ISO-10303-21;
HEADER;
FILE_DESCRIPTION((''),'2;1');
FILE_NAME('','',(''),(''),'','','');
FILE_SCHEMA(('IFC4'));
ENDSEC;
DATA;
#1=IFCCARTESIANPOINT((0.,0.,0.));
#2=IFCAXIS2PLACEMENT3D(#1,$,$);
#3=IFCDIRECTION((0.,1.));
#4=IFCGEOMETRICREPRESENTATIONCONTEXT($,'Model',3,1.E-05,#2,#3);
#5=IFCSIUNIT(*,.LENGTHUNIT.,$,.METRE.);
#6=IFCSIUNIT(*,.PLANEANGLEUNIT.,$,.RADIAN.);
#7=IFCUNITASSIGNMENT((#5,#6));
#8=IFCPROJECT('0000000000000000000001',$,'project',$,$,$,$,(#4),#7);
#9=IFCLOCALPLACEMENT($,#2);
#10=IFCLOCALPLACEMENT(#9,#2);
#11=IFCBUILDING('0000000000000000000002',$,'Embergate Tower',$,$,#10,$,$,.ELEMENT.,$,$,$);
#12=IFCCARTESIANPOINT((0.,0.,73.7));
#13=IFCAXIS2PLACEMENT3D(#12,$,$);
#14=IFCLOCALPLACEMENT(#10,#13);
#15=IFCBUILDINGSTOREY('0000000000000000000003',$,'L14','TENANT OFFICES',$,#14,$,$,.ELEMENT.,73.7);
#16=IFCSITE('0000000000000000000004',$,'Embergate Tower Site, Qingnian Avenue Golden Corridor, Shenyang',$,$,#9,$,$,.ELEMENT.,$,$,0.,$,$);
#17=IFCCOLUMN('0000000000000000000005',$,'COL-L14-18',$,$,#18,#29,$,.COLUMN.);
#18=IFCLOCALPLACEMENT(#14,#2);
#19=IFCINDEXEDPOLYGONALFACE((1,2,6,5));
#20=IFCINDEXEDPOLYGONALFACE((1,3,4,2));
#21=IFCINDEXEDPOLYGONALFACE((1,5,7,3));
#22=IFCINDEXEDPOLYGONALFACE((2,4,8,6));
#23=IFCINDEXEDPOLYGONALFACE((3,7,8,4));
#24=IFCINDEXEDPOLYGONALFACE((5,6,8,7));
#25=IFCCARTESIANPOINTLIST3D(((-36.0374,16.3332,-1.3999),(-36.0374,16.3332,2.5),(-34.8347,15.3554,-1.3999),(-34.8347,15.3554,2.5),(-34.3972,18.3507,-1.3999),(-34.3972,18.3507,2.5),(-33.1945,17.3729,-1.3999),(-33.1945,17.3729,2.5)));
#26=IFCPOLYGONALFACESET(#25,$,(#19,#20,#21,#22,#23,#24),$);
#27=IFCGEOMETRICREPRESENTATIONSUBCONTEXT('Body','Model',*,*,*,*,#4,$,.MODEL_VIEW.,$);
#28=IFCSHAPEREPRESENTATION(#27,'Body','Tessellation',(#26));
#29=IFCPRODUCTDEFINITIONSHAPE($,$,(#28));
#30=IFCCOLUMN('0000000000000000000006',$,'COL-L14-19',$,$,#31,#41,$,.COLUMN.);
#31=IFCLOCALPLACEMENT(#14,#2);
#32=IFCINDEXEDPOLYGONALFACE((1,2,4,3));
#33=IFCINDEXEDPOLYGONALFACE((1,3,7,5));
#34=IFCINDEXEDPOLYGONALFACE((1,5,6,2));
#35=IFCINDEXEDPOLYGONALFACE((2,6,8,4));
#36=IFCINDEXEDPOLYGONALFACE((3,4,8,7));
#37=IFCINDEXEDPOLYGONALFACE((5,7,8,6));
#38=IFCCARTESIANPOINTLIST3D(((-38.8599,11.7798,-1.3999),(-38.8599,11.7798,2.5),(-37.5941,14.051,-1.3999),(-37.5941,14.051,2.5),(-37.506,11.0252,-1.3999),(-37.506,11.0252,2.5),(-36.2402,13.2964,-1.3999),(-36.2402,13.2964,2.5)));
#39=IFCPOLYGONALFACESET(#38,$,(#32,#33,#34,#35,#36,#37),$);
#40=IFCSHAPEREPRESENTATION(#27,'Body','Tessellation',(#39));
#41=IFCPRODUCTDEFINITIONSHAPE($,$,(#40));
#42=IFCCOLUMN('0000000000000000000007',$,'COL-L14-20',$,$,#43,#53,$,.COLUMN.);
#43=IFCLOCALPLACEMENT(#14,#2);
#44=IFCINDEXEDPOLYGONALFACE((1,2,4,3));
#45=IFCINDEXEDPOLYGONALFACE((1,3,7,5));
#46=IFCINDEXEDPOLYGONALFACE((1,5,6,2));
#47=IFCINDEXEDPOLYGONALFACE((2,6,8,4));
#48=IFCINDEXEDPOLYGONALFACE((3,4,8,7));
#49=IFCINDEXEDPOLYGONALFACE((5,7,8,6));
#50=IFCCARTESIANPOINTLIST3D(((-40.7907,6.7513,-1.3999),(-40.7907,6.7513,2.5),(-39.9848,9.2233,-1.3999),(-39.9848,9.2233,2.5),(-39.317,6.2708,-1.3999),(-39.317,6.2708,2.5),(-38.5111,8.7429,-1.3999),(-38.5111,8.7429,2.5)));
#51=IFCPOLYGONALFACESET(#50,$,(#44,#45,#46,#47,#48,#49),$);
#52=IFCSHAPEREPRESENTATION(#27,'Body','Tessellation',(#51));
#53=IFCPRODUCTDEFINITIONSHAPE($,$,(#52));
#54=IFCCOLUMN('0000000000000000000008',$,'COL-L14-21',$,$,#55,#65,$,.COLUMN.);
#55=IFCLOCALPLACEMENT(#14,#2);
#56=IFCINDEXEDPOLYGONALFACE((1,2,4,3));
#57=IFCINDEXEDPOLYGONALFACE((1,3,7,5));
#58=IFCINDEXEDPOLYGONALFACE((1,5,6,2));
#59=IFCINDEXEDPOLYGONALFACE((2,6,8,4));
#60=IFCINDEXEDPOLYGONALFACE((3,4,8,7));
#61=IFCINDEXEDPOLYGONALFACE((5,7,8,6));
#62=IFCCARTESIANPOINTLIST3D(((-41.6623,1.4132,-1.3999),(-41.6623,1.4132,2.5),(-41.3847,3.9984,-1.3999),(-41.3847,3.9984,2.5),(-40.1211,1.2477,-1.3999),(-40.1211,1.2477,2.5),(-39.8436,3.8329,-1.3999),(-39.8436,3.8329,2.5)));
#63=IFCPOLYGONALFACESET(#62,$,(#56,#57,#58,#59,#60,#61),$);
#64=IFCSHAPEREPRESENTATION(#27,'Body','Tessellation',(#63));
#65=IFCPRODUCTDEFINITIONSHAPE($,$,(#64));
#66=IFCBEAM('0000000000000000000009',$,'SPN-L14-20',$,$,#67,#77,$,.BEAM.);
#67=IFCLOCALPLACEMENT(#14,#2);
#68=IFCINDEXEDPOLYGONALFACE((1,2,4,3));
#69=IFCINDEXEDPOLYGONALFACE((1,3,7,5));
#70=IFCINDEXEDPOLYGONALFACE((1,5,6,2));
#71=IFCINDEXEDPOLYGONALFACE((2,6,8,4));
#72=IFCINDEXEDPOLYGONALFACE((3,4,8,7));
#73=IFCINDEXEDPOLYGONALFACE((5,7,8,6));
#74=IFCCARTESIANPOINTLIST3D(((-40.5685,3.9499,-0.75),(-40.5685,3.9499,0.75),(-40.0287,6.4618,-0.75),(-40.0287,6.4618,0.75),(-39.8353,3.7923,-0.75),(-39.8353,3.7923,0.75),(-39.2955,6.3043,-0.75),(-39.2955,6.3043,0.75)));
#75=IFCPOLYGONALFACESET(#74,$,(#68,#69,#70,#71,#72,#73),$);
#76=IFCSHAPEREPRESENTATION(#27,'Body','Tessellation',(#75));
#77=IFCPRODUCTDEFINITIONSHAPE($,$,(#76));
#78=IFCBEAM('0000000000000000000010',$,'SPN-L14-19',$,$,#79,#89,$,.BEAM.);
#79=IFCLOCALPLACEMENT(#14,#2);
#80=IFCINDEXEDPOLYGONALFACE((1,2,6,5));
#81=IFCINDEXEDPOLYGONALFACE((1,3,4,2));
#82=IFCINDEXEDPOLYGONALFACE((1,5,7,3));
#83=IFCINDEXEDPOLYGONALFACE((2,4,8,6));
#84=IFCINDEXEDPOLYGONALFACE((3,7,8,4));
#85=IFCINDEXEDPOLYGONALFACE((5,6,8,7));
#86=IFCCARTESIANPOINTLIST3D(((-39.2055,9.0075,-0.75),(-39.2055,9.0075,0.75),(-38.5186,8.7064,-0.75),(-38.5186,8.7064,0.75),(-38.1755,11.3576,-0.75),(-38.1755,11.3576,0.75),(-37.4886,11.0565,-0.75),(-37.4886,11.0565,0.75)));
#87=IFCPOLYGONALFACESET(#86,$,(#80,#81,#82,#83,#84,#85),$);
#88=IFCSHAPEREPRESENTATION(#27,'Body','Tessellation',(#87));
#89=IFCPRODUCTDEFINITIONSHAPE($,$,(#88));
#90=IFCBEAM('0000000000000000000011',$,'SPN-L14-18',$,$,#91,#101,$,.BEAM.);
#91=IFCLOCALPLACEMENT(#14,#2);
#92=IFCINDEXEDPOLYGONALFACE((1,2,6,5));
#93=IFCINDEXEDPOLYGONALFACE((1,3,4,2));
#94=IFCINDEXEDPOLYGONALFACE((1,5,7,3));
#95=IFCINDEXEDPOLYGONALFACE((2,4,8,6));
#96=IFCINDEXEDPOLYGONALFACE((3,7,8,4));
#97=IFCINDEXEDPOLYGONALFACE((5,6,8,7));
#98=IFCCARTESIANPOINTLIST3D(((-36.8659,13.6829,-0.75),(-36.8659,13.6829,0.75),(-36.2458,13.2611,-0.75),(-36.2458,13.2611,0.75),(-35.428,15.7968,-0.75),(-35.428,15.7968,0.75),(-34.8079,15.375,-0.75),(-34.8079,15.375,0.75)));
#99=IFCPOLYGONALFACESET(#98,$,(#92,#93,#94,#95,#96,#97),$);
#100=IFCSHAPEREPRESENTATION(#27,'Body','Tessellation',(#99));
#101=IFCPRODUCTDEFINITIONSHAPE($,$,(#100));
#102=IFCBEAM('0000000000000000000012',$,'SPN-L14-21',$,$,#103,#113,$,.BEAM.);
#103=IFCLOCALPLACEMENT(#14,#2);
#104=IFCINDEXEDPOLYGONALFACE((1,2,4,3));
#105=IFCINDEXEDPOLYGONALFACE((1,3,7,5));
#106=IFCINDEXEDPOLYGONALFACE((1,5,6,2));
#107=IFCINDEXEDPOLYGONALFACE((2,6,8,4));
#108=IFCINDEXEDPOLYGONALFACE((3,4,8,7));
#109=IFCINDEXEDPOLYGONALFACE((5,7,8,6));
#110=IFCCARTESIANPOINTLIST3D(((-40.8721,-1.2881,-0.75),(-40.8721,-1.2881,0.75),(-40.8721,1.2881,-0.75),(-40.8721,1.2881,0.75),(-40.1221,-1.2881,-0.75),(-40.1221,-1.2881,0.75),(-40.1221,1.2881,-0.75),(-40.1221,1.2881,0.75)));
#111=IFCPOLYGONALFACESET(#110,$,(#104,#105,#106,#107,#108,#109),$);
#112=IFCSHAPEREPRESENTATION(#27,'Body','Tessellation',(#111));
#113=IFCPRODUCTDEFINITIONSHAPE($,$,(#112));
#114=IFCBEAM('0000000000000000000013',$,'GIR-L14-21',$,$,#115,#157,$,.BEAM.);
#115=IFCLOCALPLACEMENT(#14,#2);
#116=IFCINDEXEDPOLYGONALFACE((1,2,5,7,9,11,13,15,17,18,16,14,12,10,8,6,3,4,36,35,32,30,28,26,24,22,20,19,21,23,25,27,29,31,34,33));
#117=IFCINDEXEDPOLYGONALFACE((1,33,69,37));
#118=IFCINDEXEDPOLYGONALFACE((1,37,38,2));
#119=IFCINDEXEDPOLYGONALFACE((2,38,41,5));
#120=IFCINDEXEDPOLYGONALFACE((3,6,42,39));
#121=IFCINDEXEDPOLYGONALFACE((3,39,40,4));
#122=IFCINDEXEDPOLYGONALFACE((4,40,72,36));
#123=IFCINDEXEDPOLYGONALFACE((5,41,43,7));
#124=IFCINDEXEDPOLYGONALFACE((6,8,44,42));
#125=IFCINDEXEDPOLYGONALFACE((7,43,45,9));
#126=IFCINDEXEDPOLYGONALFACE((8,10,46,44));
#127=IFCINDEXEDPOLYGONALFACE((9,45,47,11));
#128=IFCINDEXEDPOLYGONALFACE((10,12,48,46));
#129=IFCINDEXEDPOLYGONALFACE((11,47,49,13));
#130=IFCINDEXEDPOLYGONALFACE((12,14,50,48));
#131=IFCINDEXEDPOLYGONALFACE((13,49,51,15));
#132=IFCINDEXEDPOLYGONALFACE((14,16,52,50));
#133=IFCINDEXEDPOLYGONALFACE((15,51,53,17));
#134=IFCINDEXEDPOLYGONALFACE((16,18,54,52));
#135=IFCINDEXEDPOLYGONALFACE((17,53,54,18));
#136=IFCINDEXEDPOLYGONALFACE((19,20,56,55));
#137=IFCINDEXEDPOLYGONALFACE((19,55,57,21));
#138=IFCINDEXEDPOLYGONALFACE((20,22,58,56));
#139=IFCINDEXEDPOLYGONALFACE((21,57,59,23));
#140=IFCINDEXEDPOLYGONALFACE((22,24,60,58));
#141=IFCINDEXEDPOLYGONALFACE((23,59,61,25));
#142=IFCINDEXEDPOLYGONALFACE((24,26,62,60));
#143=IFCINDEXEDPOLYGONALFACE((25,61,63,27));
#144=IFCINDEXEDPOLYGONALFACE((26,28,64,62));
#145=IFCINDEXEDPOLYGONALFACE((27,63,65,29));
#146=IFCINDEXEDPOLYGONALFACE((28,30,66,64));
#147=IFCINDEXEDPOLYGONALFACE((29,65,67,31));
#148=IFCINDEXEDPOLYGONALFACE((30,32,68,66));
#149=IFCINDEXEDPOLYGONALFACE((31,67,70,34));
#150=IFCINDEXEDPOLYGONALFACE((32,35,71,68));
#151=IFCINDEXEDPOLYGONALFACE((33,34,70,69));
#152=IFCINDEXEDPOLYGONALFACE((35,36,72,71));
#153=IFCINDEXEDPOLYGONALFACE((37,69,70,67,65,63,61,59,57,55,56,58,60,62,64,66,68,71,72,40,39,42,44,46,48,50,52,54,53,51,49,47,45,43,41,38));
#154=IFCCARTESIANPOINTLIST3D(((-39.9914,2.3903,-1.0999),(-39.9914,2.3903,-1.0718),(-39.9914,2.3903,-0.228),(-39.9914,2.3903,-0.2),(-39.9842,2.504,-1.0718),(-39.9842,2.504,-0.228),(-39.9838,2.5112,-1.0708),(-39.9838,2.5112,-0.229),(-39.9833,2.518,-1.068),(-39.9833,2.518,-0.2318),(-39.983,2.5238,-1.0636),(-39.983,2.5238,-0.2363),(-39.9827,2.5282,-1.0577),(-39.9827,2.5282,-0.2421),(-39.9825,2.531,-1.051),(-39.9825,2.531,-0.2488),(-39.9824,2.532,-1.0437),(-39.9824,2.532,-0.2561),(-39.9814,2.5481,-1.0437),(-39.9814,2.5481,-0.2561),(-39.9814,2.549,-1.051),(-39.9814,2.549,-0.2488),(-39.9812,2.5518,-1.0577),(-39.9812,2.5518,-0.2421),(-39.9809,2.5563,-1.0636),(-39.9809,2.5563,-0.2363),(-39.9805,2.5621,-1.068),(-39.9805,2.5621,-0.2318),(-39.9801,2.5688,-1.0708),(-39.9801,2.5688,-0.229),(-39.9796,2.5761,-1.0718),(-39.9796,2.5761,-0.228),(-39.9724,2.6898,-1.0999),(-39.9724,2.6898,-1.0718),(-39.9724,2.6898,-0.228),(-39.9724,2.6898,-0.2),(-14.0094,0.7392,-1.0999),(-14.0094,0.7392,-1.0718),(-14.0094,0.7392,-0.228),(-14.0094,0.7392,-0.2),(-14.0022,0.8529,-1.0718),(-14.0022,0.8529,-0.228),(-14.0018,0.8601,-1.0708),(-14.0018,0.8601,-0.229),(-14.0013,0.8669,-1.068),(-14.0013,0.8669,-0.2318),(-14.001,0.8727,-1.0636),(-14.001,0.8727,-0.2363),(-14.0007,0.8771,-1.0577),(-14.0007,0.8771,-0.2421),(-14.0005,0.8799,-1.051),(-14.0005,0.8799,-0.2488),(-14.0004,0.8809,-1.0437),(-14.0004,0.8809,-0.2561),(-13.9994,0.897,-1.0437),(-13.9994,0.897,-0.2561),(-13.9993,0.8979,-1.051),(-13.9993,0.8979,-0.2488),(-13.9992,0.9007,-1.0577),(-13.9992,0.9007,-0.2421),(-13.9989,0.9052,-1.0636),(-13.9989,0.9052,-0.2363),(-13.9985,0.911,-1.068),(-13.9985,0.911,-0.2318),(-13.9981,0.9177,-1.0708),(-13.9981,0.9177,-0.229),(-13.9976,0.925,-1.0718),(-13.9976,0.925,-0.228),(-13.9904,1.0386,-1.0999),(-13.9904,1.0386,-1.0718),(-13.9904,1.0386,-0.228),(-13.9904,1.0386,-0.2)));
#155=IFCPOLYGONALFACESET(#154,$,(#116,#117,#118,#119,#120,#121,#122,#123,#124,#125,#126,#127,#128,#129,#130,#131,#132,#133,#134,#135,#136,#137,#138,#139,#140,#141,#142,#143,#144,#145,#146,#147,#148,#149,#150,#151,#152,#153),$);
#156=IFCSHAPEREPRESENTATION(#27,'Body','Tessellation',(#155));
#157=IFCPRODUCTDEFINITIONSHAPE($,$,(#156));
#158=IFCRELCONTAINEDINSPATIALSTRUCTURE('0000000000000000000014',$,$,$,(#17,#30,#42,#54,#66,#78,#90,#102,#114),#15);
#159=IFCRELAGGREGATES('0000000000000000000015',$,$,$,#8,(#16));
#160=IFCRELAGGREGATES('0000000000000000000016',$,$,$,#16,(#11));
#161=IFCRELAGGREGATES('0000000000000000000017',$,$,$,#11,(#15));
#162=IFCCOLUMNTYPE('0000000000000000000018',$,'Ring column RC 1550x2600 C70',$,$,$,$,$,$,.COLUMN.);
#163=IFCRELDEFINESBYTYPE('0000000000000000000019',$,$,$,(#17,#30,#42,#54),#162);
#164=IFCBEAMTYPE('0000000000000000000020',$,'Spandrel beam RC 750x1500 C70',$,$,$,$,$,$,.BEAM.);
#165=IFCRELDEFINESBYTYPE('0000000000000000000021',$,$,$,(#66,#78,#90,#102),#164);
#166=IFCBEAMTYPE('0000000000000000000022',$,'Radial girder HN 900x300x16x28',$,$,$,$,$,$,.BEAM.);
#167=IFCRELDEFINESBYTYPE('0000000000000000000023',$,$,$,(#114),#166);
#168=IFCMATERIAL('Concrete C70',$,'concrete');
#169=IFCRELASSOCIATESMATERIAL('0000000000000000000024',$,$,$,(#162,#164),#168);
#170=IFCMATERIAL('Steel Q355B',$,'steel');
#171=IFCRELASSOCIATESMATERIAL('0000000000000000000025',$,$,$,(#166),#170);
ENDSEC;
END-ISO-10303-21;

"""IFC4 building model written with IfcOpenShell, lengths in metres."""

from ifc_helpers import new_model, si_unit, direction, frame, origin, origin_2d, place, context, subcontext, project, spatial, rectangle, i_section, extrude, source, transform, mapped, material, material_profile, profile_set, type_object, element, save


model = new_model("IFC4")

# Units and contexts
model_context = context("Model", 3, precision=1e-05, world=origin(), true_north=direction((0.0, 1.0)))
body_context = subcontext(model_context, "Body", "Model", "MODEL_VIEW")
ifc_project = project(units=[si_unit("LENGTHUNIT", "METRE"), si_unit("PLANEANGLEUNIT", "RADIAN")], contexts=[model_context])

# Site, building, storey
site_placement = place(None, origin())
site = spatial("IfcSite", under=ifc_project, at=site_placement, Name="Embergate Tower Site, Qingnian Avenue Golden Corridor, Shenyang", CompositionType="ELEMENT", RefElevation=0.0)
building_placement = place(site_placement, origin())
building = spatial("IfcBuilding", under=site, at=building_placement, Name="Embergate Tower", CompositionType="ELEMENT")
storey_placement = place(building_placement, frame((0.0, 0.0, 73.7)))
storey = spatial("IfcBuildingStorey", under=building, at=storey_placement, Name="L14", Description="TENANT OFFICES", CompositionType="ELEMENT", Elevation=73.7)

# Columns
ifc_material_1 = material(Name="Concrete C70", Category="concrete")
ifc_material_profile_1 = material_profile(ifc_material_1, rectangle(XDim=1.55, YDim=2.6001, at=origin_2d()), Name="RC 1550x2600")
ifc_profile_set_1 = profile_set([ifc_material_profile_1], Name="Concrete C70")
column_type = type_object("IfcColumnType", Name="Ring column RC 1550x2600 C70", PredefinedType="COLUMN", material=ifc_profile_set_1)
shared_shape_1 = source(origin(), body_context, "Body", "SweptSolid", [
    extrude(rectangle(XDim=1.55, YDim=2.6001, at=origin_2d()), origin(), (0.0, 0.0, 1.0), 3.8999),
])
for number, where, z_axis, x_axis, name in (
    (1, (-34.616, 16.853, -1.3999), (0.0, 0.0, 1.0), (-0.775925, 0.630825, 0.0), "COL-L14-18"),
    (2, (-37.55, 12.5381, -1.3999), (0.0, 0.0, 1.0), (-0.8735, 0.486823, 0.0), "COL-L14-19"),
    (3, (-39.6509, 7.7471, -1.3999), (0.0, 0.0, 1.0), (-0.950754, 0.309946, 0.0), "COL-L14-20"),
    (4, (-40.7529, 2.623, -1.3999), (0.0, 0.0, 1.0), (-0.994286, 0.10675, 0.0), "COL-L14-21"),
):
    element("IfcColumn", number, at=place(storey_placement, frame(where, z_axis=z_axis, x_axis=x_axis)), inside=storey, type_object=column_type, Name=name, PredefinedType="COLUMN", context=body_context, shape_type="MappedRepresentation", body=[
        mapped(shared_shape_1, transform((0.0, 0.0, 0.0))),
    ])

# Beams
ifc_material_profile_2 = material_profile(ifc_material_1, rectangle(XDim=0.75, YDim=1.5, at=origin_2d()), Name="RC 750x1500")
ifc_profile_set_2 = profile_set([ifc_material_profile_2], Name="Concrete C70")
beam_type_1 = type_object("IfcBeamType", Name="Spandrel beam RC 750x1500 C70", PredefinedType="BEAM", material=ifc_profile_set_2)
shared_shape_2 = source(origin(), body_context, "Body", "SweptSolid", [
    extrude(rectangle(XDim=0.75, YDim=1.5, at=origin_2d()), origin(), (0.0, 0.0, 1.0), 2.5693),
])
beam_1_placement = place(storey_placement, frame((-39.6621, 6.3831, 0.0), z_axis=(-0.210094, -0.977681, 0.0), x_axis=(0.977681, -0.210094, 0.0)))
element("IfcBeam", 5, at=beam_1_placement, inside=storey, type_object=beam_type_1, Name="SPN-L14-20", PredefinedType="BEAM", context=body_context, shape_type="MappedRepresentation", body=[
    mapped(shared_shape_2, transform((0.0, 0.0, 0.0))),
])
shared_shape_3 = source(origin(), body_context, "Body", "SweptSolid", [
    extrude(rectangle(XDim=0.75, YDim=1.5, at=origin_2d()), origin(), (0.0, 0.0, 1.0), 2.5659),
])
beam_2_placement = place(storey_placement, frame((-37.832, 11.207, 0.0), z_axis=(-0.401428, -0.915891, 0.0), x_axis=(0.915891, -0.401428, 0.0)))
element("IfcBeam", 6, at=beam_2_placement, inside=storey, type_object=beam_type_1, Name="SPN-L14-19", PredefinedType="BEAM", context=body_context, shape_type="MappedRepresentation", body=[
    mapped(shared_shape_3, transform((0.0, 0.0, 0.0))),
])
shared_shape_4 = source(origin(), body_context, "Body", "SweptSolid", [
    extrude(rectangle(XDim=0.75, YDim=1.5, at=origin_2d()), origin(), (0.0, 0.0, 1.0), 2.5566),
])
beam_3_placement = place(storey_placement, frame((-35.1179, 15.5859, 0.0), z_axis=(-0.562433, -0.826843, 0.0), x_axis=(0.826843, -0.562433, 0.0)))
element("IfcBeam", 7, at=beam_3_placement, inside=storey, type_object=beam_type_1, Name="SPN-L14-18", PredefinedType="BEAM", context=body_context, shape_type="MappedRepresentation", body=[
    mapped(shared_shape_4, transform((0.0, 0.0, 0.0))),
])
shared_shape_5 = source(origin(), body_context, "Body", "SweptSolid", [
    extrude(rectangle(XDim=0.75, YDim=1.5, at=origin_2d()), origin(), (0.0, 0.0, 1.0), 2.5762),
])
beam_4_placement = place(storey_placement, frame((-40.4971, 1.2881, 0.0), z_axis=(0.0, -1.0, 0.0), x_axis=(1.0, 0.0, 0.0)))
element("IfcBeam", 8, at=beam_4_placement, inside=storey, type_object=beam_type_1, Name="SPN-L14-21", PredefinedType="BEAM", context=body_context, shape_type="MappedRepresentation", body=[
    mapped(shared_shape_5, transform((0.0, 0.0, 0.0))),
])
ifc_material_2 = material(Name="Steel Q355B", Category="steel")
ifc_material_profile_3 = material_profile(ifc_material_2, i_section(OverallWidth=0.3, OverallDepth=0.8999, WebThickness=0.0161, FlangeThickness=0.0281, FilletRadius=0.0281, at=origin_2d()), Name="HN 900x300x16x28")
ifc_profile_set_3 = profile_set([ifc_material_profile_3], Name="Steel Q355 grade B")
beam_type_2 = type_object("IfcBeamType", Name="Radial girder HN 900x300x16x28", PredefinedType="BEAM", material=ifc_profile_set_3)
shared_shape_6 = source(origin(), body_context, "Body", "SweptSolid", [
    extrude(i_section(OverallWidth=0.3, OverallDepth=0.8999, WebThickness=0.0161, FlangeThickness=0.0281, FilletRadius=0.0281, at=origin_2d()), origin(), (0.0, 0.0, 1.0), 26.0344),
])
beam_5_placement = place(storey_placement, frame((-39.9819, 2.54, -0.6499), z_axis=(0.997987, -0.063421, 0.0), x_axis=(0.063421, 0.997987, 0.0)))
element("IfcBeam", 9, at=beam_5_placement, inside=storey, type_object=beam_type_2, Name="GIR-L14-21", PredefinedType="BEAM", context=body_context, shape_type="MappedRepresentation", body=[
    mapped(shared_shape_6, transform((0.0, 0.0, 0.0))),
])

save(model, "model.ifc")
